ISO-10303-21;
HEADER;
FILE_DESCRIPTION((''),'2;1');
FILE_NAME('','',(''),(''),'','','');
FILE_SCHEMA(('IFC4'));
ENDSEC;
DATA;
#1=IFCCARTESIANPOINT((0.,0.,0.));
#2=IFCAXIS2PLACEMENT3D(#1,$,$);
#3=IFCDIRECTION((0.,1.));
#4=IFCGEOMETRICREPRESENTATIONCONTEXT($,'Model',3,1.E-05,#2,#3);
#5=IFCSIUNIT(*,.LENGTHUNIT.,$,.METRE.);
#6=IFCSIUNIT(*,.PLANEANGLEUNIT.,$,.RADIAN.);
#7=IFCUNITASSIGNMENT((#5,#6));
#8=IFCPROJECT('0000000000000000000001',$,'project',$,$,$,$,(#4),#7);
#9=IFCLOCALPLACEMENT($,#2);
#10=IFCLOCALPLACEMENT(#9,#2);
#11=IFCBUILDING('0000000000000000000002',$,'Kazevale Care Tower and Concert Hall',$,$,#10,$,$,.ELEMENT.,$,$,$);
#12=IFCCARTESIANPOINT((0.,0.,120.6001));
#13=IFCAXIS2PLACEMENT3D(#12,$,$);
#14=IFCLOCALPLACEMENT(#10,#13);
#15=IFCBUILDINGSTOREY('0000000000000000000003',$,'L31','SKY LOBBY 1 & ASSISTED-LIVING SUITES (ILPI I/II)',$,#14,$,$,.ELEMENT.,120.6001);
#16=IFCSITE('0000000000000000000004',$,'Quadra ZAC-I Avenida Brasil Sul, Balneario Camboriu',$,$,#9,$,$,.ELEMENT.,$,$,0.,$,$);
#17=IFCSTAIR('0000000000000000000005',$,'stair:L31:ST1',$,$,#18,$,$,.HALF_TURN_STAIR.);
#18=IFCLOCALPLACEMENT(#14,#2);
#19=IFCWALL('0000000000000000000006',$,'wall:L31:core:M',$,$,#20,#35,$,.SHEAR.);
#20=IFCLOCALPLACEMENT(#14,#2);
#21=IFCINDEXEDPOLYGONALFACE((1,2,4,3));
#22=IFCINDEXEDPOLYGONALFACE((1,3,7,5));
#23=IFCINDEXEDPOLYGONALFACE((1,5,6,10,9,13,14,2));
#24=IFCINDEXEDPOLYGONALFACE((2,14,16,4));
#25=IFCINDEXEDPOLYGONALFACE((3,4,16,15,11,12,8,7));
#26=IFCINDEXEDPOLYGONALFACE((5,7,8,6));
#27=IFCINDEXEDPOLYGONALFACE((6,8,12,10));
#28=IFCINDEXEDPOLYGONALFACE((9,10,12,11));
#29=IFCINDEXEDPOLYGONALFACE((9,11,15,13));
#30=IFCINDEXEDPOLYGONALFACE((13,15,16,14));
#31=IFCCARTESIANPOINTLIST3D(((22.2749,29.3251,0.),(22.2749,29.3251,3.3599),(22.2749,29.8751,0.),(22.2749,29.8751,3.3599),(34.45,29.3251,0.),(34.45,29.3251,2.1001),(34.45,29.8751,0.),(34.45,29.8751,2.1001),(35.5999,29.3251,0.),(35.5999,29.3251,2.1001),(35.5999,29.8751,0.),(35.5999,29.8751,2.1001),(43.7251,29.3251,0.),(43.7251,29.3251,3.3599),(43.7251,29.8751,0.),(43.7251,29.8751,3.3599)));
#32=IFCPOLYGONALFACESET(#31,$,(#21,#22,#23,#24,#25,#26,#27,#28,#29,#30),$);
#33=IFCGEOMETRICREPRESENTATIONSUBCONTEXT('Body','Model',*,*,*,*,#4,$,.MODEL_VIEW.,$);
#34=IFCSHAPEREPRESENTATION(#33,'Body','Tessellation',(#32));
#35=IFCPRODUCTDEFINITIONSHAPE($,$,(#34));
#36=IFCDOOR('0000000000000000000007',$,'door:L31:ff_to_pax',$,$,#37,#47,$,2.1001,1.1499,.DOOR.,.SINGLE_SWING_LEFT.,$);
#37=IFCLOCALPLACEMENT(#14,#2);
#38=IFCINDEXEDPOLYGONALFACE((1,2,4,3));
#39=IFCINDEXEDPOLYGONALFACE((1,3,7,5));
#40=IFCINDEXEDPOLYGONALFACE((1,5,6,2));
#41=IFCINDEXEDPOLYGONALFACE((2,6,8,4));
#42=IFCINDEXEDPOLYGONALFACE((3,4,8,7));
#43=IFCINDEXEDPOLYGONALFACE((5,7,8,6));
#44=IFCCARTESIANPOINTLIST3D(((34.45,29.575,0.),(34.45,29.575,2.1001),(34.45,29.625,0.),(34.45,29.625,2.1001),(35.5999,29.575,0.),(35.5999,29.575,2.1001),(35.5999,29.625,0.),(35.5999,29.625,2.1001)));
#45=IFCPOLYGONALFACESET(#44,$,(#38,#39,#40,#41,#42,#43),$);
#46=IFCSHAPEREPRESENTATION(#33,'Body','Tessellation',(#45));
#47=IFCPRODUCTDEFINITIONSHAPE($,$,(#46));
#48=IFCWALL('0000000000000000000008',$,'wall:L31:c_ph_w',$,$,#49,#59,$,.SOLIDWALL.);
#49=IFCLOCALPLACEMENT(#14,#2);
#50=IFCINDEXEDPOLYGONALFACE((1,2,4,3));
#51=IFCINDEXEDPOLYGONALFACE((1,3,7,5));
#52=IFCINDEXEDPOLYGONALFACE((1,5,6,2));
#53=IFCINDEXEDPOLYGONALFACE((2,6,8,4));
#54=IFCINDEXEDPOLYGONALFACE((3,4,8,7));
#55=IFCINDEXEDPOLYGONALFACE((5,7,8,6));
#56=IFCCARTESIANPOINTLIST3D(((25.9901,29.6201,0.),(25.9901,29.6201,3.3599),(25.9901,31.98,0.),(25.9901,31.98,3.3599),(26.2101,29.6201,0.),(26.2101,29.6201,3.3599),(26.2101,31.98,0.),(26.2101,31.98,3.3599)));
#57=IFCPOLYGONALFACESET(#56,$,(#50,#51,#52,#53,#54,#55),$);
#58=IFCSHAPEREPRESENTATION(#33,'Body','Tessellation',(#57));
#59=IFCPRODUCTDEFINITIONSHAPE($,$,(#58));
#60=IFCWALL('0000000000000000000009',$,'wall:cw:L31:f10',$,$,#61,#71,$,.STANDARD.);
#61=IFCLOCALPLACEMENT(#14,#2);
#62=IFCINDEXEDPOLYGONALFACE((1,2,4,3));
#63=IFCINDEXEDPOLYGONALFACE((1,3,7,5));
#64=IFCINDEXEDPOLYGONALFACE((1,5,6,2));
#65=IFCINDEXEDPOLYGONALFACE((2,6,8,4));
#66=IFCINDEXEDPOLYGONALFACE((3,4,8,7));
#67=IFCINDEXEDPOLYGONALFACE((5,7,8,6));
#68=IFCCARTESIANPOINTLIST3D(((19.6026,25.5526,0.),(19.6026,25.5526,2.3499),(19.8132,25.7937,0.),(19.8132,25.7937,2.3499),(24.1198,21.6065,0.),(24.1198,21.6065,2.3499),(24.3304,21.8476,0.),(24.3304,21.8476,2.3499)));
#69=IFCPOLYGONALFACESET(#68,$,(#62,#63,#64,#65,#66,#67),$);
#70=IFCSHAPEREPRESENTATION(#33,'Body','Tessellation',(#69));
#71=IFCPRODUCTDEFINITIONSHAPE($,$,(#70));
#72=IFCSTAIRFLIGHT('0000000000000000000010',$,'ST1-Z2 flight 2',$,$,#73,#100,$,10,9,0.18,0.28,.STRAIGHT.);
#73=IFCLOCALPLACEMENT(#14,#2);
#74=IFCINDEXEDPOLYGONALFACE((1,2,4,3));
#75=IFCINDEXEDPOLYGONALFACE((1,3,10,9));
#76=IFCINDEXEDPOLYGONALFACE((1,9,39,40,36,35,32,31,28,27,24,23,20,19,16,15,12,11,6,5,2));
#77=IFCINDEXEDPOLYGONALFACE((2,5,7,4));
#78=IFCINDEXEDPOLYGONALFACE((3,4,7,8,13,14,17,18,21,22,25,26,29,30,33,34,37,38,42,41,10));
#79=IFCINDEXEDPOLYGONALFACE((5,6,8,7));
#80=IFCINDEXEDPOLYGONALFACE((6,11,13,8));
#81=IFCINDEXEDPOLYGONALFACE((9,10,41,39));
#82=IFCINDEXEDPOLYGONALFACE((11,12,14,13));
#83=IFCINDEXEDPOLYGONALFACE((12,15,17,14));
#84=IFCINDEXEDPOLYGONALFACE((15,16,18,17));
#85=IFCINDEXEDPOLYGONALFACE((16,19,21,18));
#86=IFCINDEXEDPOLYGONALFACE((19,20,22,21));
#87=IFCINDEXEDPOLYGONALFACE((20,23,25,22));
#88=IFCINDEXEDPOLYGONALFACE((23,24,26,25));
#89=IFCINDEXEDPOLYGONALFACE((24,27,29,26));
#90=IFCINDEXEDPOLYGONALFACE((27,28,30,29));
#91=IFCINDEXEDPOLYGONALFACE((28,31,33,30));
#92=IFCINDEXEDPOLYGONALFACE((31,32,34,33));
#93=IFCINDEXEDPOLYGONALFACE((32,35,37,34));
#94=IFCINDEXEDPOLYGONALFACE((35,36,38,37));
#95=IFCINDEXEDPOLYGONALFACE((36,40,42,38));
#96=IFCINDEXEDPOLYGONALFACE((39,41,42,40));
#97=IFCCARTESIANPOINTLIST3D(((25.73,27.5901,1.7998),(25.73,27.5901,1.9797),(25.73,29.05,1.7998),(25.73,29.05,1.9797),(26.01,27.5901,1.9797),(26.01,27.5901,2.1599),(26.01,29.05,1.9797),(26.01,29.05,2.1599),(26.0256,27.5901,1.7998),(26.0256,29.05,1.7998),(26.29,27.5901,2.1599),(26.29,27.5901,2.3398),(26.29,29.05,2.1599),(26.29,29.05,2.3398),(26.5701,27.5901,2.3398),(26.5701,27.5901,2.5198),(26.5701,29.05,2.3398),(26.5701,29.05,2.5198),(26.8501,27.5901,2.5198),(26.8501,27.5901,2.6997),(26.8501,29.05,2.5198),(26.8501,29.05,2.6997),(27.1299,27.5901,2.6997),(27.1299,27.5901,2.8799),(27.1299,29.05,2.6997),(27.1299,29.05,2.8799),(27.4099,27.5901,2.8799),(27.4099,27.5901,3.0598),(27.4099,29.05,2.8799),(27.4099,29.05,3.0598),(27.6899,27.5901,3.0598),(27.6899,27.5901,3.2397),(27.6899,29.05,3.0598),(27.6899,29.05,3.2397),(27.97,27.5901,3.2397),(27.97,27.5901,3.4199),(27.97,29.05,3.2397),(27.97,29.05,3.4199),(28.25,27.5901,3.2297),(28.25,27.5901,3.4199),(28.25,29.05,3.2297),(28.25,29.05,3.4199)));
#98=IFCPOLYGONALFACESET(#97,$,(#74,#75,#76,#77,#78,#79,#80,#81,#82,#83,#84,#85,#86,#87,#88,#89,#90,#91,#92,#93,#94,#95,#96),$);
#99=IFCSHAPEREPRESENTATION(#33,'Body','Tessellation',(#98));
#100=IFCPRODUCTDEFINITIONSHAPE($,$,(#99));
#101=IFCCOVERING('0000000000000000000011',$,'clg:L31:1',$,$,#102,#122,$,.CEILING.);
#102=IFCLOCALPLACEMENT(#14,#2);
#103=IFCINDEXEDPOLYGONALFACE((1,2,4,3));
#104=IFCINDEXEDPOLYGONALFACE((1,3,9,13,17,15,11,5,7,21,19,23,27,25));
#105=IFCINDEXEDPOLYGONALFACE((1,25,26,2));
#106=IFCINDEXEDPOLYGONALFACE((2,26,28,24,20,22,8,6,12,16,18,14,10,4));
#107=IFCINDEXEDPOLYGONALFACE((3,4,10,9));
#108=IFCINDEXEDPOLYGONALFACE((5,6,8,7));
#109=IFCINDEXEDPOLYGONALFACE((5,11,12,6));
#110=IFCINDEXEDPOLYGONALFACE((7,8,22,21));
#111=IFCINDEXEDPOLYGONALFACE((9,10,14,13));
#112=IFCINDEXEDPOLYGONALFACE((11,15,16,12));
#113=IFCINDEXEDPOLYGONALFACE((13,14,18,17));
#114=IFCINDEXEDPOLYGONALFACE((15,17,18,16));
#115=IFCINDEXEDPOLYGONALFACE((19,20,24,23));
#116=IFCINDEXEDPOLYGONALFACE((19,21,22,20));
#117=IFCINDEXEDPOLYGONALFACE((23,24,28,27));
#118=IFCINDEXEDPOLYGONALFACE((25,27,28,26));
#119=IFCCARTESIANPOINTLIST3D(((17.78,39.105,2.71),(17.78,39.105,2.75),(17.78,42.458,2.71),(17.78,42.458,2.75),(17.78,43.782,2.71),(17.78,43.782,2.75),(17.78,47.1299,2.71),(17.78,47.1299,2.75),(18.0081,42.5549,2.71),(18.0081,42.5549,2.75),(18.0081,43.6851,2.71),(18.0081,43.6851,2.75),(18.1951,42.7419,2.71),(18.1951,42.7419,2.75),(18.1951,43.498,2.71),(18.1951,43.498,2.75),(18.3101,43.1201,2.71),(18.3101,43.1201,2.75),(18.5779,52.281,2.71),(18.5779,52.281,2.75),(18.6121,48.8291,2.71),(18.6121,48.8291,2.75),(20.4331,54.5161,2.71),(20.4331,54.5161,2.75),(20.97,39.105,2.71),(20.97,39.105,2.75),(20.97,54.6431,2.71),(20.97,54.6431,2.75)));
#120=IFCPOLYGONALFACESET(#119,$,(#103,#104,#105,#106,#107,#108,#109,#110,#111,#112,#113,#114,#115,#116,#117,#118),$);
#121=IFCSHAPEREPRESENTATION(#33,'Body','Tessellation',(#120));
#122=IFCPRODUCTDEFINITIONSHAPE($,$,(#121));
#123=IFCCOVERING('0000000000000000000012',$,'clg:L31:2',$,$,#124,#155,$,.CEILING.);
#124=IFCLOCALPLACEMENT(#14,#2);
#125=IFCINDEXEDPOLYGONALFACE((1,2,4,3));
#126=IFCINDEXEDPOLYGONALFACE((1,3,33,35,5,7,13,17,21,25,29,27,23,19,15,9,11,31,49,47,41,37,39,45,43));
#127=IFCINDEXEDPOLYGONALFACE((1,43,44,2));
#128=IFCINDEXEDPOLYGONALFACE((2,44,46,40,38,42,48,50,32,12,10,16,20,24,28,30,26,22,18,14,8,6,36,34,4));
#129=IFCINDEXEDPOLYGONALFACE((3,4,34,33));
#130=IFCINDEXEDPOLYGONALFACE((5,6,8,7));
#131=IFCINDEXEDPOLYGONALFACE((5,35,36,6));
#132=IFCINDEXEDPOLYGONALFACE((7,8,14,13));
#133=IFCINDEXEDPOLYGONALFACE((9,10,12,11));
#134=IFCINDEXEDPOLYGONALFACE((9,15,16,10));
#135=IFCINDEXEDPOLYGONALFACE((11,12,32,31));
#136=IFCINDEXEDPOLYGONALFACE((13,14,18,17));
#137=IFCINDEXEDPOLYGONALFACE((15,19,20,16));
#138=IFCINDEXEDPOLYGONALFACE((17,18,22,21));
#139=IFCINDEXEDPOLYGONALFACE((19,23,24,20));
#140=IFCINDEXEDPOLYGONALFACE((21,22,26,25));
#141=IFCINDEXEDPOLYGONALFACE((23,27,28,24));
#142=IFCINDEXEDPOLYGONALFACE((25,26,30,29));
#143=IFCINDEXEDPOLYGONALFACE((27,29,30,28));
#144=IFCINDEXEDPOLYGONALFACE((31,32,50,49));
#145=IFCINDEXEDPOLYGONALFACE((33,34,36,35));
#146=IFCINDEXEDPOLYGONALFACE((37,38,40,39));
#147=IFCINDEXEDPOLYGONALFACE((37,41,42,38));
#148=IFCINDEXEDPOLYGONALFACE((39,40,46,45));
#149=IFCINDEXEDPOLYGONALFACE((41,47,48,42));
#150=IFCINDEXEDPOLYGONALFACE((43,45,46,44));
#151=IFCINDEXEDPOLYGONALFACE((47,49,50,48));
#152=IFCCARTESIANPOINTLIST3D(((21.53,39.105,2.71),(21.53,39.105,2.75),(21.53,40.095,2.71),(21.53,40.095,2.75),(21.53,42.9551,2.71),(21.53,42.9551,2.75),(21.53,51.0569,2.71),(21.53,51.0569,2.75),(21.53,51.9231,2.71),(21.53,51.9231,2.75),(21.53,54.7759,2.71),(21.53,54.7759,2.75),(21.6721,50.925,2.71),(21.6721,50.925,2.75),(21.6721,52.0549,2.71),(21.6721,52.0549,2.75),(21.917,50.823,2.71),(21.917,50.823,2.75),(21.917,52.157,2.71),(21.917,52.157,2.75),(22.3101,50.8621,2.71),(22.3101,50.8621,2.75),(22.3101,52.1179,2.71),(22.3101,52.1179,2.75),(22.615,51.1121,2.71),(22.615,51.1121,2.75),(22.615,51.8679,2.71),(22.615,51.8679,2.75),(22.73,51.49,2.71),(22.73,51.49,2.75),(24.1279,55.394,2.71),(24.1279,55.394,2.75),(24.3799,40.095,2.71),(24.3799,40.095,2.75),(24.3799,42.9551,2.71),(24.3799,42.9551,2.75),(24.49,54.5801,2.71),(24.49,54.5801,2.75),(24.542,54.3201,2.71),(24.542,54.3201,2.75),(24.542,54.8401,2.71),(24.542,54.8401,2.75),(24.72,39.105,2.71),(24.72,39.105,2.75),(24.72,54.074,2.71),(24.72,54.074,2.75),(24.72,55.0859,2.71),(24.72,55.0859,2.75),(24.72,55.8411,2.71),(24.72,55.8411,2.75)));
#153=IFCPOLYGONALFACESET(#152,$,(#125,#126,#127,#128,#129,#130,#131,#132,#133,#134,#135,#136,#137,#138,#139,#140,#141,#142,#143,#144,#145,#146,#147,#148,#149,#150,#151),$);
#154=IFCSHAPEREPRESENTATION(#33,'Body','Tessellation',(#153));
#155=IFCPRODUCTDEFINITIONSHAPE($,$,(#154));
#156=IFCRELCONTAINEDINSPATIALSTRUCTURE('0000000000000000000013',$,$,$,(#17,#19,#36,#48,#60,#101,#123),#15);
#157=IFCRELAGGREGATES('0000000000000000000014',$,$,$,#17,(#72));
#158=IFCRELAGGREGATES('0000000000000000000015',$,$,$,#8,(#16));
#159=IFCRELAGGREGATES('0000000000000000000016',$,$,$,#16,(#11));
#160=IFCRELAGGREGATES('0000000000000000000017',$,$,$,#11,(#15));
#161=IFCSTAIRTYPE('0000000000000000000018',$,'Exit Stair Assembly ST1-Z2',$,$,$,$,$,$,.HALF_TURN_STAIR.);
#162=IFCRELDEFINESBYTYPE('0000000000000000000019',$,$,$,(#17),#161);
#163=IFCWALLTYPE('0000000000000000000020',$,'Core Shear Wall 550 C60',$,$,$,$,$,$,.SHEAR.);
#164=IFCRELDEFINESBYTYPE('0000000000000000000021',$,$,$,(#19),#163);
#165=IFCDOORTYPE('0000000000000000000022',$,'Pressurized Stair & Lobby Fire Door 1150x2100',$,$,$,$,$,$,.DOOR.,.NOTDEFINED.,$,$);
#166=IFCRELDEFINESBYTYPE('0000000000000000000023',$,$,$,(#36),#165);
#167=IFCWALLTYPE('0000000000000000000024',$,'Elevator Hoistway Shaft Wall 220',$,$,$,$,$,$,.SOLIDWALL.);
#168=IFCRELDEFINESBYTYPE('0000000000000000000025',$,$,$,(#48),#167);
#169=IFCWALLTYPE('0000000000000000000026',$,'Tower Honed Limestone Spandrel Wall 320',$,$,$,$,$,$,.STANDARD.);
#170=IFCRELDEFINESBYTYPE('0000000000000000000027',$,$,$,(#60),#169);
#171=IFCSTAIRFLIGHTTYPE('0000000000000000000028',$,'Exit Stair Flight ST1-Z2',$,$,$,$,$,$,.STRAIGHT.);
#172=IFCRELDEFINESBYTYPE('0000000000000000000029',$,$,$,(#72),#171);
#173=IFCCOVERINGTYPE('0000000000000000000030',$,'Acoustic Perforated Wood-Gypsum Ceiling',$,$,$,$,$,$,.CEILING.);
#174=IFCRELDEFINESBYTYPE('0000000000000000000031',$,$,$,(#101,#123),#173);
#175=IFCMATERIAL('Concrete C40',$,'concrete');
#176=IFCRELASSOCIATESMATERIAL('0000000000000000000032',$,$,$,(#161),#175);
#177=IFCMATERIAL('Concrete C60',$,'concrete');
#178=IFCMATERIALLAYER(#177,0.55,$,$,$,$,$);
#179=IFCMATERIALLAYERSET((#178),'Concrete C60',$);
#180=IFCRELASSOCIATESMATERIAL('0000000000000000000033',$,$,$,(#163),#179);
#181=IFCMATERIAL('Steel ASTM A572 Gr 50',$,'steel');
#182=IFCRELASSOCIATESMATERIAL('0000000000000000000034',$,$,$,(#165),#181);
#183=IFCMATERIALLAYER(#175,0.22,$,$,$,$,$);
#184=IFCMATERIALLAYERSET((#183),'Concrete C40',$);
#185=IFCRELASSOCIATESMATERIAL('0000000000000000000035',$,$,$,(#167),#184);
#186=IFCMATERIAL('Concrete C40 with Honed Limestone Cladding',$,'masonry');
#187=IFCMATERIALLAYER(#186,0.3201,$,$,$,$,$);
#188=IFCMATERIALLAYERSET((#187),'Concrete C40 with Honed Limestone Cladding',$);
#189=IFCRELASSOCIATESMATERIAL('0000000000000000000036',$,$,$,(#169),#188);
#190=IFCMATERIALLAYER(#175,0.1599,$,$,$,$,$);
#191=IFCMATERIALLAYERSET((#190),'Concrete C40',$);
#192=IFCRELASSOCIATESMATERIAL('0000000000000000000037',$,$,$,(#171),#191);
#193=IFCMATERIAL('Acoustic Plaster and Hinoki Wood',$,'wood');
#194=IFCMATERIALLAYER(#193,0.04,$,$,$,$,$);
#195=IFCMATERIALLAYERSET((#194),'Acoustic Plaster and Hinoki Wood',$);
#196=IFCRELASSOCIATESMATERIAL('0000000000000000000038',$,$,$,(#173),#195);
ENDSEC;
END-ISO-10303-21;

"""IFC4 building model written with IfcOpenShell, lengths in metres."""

from ifc_helpers import new_model, si_unit, direction, frame, frame_2d, origin, place, context, subcontext, project, spatial, polyline, rectangle, outline, extrude, material, layer, layer_set, type_object, element, fill, aggregate, save


model = new_model("IFC4")

# Units and contexts
model_context = context("Model", 3, precision=1e-05, world=origin(), true_north=direction((0.0, 1.0)))
body_context = subcontext(model_context, "Body", "Model", "MODEL_VIEW")
ifc_project = project(units=[si_unit("LENGTHUNIT", "METRE"), si_unit("PLANEANGLEUNIT", "RADIAN")], contexts=[model_context])

# Site, building, storey
site_placement = place(None, origin())
site = spatial("IfcSite", under=ifc_project, at=site_placement, Name="Quadra ZAC-I Avenida Brasil Sul, Balneario Camboriu", CompositionType="ELEMENT", RefElevation=0.0)
building_placement = place(site_placement, origin())
building = spatial("IfcBuilding", under=site, at=building_placement, Name="Kazevale Care Tower and Concert Hall", CompositionType="ELEMENT")
storey_placement = place(building_placement, frame((0.0, 0.0, 120.6001)))
storey = spatial("IfcBuildingStorey", under=building, at=storey_placement, Name="L31", Description="SKY LOBBY 1 & ASSISTED-LIVING SUITES (ILPI I/II)", CompositionType="ELEMENT", Elevation=120.6001)

# Shared definitions
ifc_material_1 = material(Name="Concrete C60", Category="concrete")

# Shared definitions
ifc_material_2 = material(Name="Steel ASTM A572 Gr 50", Category="steel")

# Shared definitions
ifc_material_3 = material(Name="Concrete C40", Category="concrete")

# Stair
stair_type = type_object("IfcStairType", Name="Exit Stair Assembly ST1-Z2", PredefinedType="HALF_TURN_STAIR", material=ifc_material_3)
stair_1_placement = place(storey_placement, origin())
stair_1 = element("IfcStair", 1, at=stair_1_placement, inside=storey, type_object=stair_type, Name="stair:L31:ST1", PredefinedType="HALF_TURN_STAIR")

# Shared definitions
ifc_layer_1 = layer(ifc_material_1, 0.55)
ifc_layer_set_1 = layer_set([ifc_layer_1], Name="Concrete C60")
wall_type_1 = type_object("IfcWallType", Name="Core Shear Wall 550 C60", PredefinedType="SHEAR", material=ifc_layer_set_1)

# Wall, opening, door
wall_1_placement = place(storey_placement, frame((22.2749, 29.6001, 0.0), z_axis=(0.0, 0.0, 1.0), x_axis=(1.0, 0.0, 0.0)))
wall_1 = element("IfcWall", 2, at=wall_1_placement, inside=storey, type_object=wall_type_1, Name="wall:L31:core:M", PredefinedType="SHEAR", context=body_context, shape_type="SweptSolid", body=[
    extrude(rectangle(XDim=21.4502, YDim=0.55, at=frame_2d((10.7251, 0.0))), origin(), (0.0, 0.0, 1.0), 3.3599),
])
opening_placement = place(wall_1_placement, frame((12.175, 0.0, 0.0)))
opening = element("IfcOpeningElement", 3, at=opening_placement, cuts=wall_1, PredefinedType="OPENING", context=body_context, shape_type="SweptSolid", body=[
    extrude(rectangle(XDim=1.1499, YDim=2.1001, at=frame_2d((0.575, 1.05))), frame((0.0, 0.2849, 0.0), z_axis=(0.0, -1.0, 0.0), x_axis=(1.0, 0.0, 0.0)), (0.0, 0.0, 1.0), 0.5701),
])
door_type = type_object("IfcDoorType", Name="Pressurized Stair & Lobby Fire Door 1150x2100", OperationType="NOTDEFINED", PredefinedType="DOOR", material=ifc_material_2)
door_placement = place(opening_placement, origin())
door = element("IfcDoor", 4, at=door_placement, inside=storey, type_object=door_type, Name="door:L31:ff_to_pax", OperationType="SINGLE_SWING_LEFT", OverallHeight=2.1001, OverallWidth=1.1499, PredefinedType="DOOR", context=body_context, shape_type="SweptSolid", body=[
    extrude(rectangle(XDim=1.1499, YDim=2.1001, at=frame_2d((0.575, 1.05))), frame((0.0, 0.0249, 0.0), z_axis=(0.0, -1.0, 0.0), x_axis=(1.0, 0.0, 0.0)), (0.0, 0.0, 1.0), 0.05),
])
fill(opening, door)

# Walls
ifc_layer_2 = layer(ifc_material_3, 0.22)
ifc_layer_set_2 = layer_set([ifc_layer_2], Name="Concrete C40")
wall_type_2 = type_object("IfcWallType", Name="Elevator Hoistway Shaft Wall 220", PredefinedType="SOLIDWALL", material=ifc_layer_set_2)
wall_2_placement = place(storey_placement, frame((26.1001, 29.6201, 0.0), z_axis=(0.0, 0.0, 1.0), x_axis=(0.0, 1.0, 0.0)))
element("IfcWall", 5, at=wall_2_placement, inside=storey, type_object=wall_type_2, Name="wall:L31:c_ph_w", PredefinedType="SOLIDWALL", context=body_context, shape_type="SweptSolid", body=[
    extrude(rectangle(XDim=2.3599, YDim=0.22, at=frame_2d((1.1799, 0.0))), origin(), (0.0, 0.0, 1.0), 3.3599),
])
ifc_material_4 = material(Name="Concrete C40 with Honed Limestone Cladding", Category="masonry")
ifc_layer_3 = layer(ifc_material_4, 0.3201)
ifc_layer_set_3 = layer_set([ifc_layer_3], Name="Concrete C40 with Honed Limestone Cladding")
wall_type_3 = type_object("IfcWallType", Name="Tower Honed Limestone Spandrel Wall 320", PredefinedType="STANDARD", material=ifc_layer_set_3)
wall_3_placement = place(storey_placement, frame((24.2251, 21.7271, 0.0), z_axis=(0.0, 0.0, 1.0), x_axis=(-0.753106, 0.657899, 0.0)))
element("IfcWall", 6, at=wall_3_placement, inside=storey, type_object=wall_type_3, Name="wall:cw:L31:f10", PredefinedType="STANDARD", context=body_context, shape_type="SweptSolid", body=[
    extrude(rectangle(XDim=5.998, YDim=0.3201, at=frame_2d((2.999, 0.0))), origin(), (0.0, 0.0, 1.0), 2.3499),
])

# Stair flight
ifc_layer_4 = layer(ifc_material_3, 0.1599)
ifc_layer_set_4 = layer_set([ifc_layer_4], Name="Concrete C40")
stair_flight_type = type_object("IfcStairFlightType", Name="Exit Stair Flight ST1-Z2", PredefinedType="STRAIGHT", material=ifc_layer_set_4)
stair_flight_placement = place(storey_placement, frame((25.73, 28.3201, 1.7998), z_axis=(0.0, 0.0, 1.0), x_axis=(1.0, 0.0, 0.0)))
stair_flight = element("IfcStairFlight", 7, at=stair_flight_placement, type_object=stair_flight_type, Name="ST1-Z2 flight 2", NumberOfRisers=10, NumberOfTreads=9, PredefinedType="STRAIGHT", RiserHeight=0.18, TreadLength=0.28, context=body_context, shape_type="SweptSolid", body=[
    extrude(outline(polyline([(0.0, 0.0), (0.0, 0.1799), (0.28, 0.1799), (0.28, 0.3601), (0.5601, 0.3601), (0.5601, 0.54), (0.8401, 0.54), (0.8401, 0.72), (1.1201, 0.72), (1.1201, 0.8999), (1.3999, 0.8999), (1.3999, 1.0801), (1.6799, 1.0801), (1.6799, 1.26), (1.96, 1.26), (1.96, 1.4399), (2.24, 1.4399), (2.24, 1.6201), (2.52, 1.6201), (2.52, 1.8), (2.52, 1.4299), (0.2957, 0.0), (0.0, 0.0)])), frame((0.0, 0.73, 0.0), z_axis=(0.0, -1.0, 0.0), x_axis=(1.0, 0.0, 0.0)), (0.0, 0.0, 1.0), 1.46),
])
aggregate(stair_1, [stair_flight])

# Coverings
ifc_material_5 = material(Name="Acoustic Plaster and Hinoki Wood", Category="wood")
ifc_layer_5 = layer(ifc_material_5, 0.04)
ifc_layer_set_5 = layer_set([ifc_layer_5], Name="Acoustic Plaster and Hinoki Wood")
covering_type = type_object("IfcCoveringType", Name="Acoustic Perforated Wood-Gypsum Ceiling", PredefinedType="CEILING", material=ifc_layer_set_5)
covering_1_placement = place(storey_placement, frame((0.0, 0.0, 2.71)))
element("IfcCovering", 8, at=covering_1_placement, inside=storey, type_object=covering_type, Name="clg:L31:1", PredefinedType="CEILING", context=body_context, shape_type="SweptSolid", body=[
    extrude(outline(polyline([(18.6121, 48.8291), (18.5779, 52.281), (20.4331, 54.5161), (20.97, 54.6431), (20.97, 39.105), (17.78, 39.105), (17.78, 42.458), (18.0081, 42.5549), (18.1951, 42.7419), (18.3101, 43.1201), (18.1951, 43.498), (18.0081, 43.6851), (17.78, 43.782), (17.78, 47.1299), (18.6121, 48.8291)])), origin(), (0.0, 0.0, 1.0), 0.04),
])
covering_2_placement = place(storey_placement, frame((0.0, 0.0, 2.71)))
element("IfcCovering", 9, at=covering_2_placement, inside=storey, type_object=covering_type, Name="clg:L31:2", PredefinedType="CEILING", context=body_context, shape_type="SweptSolid", body=[
    extrude(outline(polyline([(24.3799, 40.095), (24.3799, 42.9551), (21.53, 42.9551), (21.53, 51.0569), (21.6721, 50.925), (21.917, 50.823), (22.3101, 50.8621), (22.615, 51.1121), (22.73, 51.49), (22.615, 51.8679), (22.3101, 52.1179), (21.917, 52.157), (21.6721, 52.0549), (21.53, 51.9231), (21.53, 54.7759), (24.1279, 55.394), (24.72, 55.8411), (24.72, 55.0859), (24.542, 54.8401), (24.49, 54.5801), (24.542, 54.3201), (24.72, 54.074), (24.72, 39.105), (21.53, 39.105), (21.53, 40.095), (24.3799, 40.095)])), origin(), (0.0, 0.0, 1.0), 0.04),
])

save(model, "model.ifc")
